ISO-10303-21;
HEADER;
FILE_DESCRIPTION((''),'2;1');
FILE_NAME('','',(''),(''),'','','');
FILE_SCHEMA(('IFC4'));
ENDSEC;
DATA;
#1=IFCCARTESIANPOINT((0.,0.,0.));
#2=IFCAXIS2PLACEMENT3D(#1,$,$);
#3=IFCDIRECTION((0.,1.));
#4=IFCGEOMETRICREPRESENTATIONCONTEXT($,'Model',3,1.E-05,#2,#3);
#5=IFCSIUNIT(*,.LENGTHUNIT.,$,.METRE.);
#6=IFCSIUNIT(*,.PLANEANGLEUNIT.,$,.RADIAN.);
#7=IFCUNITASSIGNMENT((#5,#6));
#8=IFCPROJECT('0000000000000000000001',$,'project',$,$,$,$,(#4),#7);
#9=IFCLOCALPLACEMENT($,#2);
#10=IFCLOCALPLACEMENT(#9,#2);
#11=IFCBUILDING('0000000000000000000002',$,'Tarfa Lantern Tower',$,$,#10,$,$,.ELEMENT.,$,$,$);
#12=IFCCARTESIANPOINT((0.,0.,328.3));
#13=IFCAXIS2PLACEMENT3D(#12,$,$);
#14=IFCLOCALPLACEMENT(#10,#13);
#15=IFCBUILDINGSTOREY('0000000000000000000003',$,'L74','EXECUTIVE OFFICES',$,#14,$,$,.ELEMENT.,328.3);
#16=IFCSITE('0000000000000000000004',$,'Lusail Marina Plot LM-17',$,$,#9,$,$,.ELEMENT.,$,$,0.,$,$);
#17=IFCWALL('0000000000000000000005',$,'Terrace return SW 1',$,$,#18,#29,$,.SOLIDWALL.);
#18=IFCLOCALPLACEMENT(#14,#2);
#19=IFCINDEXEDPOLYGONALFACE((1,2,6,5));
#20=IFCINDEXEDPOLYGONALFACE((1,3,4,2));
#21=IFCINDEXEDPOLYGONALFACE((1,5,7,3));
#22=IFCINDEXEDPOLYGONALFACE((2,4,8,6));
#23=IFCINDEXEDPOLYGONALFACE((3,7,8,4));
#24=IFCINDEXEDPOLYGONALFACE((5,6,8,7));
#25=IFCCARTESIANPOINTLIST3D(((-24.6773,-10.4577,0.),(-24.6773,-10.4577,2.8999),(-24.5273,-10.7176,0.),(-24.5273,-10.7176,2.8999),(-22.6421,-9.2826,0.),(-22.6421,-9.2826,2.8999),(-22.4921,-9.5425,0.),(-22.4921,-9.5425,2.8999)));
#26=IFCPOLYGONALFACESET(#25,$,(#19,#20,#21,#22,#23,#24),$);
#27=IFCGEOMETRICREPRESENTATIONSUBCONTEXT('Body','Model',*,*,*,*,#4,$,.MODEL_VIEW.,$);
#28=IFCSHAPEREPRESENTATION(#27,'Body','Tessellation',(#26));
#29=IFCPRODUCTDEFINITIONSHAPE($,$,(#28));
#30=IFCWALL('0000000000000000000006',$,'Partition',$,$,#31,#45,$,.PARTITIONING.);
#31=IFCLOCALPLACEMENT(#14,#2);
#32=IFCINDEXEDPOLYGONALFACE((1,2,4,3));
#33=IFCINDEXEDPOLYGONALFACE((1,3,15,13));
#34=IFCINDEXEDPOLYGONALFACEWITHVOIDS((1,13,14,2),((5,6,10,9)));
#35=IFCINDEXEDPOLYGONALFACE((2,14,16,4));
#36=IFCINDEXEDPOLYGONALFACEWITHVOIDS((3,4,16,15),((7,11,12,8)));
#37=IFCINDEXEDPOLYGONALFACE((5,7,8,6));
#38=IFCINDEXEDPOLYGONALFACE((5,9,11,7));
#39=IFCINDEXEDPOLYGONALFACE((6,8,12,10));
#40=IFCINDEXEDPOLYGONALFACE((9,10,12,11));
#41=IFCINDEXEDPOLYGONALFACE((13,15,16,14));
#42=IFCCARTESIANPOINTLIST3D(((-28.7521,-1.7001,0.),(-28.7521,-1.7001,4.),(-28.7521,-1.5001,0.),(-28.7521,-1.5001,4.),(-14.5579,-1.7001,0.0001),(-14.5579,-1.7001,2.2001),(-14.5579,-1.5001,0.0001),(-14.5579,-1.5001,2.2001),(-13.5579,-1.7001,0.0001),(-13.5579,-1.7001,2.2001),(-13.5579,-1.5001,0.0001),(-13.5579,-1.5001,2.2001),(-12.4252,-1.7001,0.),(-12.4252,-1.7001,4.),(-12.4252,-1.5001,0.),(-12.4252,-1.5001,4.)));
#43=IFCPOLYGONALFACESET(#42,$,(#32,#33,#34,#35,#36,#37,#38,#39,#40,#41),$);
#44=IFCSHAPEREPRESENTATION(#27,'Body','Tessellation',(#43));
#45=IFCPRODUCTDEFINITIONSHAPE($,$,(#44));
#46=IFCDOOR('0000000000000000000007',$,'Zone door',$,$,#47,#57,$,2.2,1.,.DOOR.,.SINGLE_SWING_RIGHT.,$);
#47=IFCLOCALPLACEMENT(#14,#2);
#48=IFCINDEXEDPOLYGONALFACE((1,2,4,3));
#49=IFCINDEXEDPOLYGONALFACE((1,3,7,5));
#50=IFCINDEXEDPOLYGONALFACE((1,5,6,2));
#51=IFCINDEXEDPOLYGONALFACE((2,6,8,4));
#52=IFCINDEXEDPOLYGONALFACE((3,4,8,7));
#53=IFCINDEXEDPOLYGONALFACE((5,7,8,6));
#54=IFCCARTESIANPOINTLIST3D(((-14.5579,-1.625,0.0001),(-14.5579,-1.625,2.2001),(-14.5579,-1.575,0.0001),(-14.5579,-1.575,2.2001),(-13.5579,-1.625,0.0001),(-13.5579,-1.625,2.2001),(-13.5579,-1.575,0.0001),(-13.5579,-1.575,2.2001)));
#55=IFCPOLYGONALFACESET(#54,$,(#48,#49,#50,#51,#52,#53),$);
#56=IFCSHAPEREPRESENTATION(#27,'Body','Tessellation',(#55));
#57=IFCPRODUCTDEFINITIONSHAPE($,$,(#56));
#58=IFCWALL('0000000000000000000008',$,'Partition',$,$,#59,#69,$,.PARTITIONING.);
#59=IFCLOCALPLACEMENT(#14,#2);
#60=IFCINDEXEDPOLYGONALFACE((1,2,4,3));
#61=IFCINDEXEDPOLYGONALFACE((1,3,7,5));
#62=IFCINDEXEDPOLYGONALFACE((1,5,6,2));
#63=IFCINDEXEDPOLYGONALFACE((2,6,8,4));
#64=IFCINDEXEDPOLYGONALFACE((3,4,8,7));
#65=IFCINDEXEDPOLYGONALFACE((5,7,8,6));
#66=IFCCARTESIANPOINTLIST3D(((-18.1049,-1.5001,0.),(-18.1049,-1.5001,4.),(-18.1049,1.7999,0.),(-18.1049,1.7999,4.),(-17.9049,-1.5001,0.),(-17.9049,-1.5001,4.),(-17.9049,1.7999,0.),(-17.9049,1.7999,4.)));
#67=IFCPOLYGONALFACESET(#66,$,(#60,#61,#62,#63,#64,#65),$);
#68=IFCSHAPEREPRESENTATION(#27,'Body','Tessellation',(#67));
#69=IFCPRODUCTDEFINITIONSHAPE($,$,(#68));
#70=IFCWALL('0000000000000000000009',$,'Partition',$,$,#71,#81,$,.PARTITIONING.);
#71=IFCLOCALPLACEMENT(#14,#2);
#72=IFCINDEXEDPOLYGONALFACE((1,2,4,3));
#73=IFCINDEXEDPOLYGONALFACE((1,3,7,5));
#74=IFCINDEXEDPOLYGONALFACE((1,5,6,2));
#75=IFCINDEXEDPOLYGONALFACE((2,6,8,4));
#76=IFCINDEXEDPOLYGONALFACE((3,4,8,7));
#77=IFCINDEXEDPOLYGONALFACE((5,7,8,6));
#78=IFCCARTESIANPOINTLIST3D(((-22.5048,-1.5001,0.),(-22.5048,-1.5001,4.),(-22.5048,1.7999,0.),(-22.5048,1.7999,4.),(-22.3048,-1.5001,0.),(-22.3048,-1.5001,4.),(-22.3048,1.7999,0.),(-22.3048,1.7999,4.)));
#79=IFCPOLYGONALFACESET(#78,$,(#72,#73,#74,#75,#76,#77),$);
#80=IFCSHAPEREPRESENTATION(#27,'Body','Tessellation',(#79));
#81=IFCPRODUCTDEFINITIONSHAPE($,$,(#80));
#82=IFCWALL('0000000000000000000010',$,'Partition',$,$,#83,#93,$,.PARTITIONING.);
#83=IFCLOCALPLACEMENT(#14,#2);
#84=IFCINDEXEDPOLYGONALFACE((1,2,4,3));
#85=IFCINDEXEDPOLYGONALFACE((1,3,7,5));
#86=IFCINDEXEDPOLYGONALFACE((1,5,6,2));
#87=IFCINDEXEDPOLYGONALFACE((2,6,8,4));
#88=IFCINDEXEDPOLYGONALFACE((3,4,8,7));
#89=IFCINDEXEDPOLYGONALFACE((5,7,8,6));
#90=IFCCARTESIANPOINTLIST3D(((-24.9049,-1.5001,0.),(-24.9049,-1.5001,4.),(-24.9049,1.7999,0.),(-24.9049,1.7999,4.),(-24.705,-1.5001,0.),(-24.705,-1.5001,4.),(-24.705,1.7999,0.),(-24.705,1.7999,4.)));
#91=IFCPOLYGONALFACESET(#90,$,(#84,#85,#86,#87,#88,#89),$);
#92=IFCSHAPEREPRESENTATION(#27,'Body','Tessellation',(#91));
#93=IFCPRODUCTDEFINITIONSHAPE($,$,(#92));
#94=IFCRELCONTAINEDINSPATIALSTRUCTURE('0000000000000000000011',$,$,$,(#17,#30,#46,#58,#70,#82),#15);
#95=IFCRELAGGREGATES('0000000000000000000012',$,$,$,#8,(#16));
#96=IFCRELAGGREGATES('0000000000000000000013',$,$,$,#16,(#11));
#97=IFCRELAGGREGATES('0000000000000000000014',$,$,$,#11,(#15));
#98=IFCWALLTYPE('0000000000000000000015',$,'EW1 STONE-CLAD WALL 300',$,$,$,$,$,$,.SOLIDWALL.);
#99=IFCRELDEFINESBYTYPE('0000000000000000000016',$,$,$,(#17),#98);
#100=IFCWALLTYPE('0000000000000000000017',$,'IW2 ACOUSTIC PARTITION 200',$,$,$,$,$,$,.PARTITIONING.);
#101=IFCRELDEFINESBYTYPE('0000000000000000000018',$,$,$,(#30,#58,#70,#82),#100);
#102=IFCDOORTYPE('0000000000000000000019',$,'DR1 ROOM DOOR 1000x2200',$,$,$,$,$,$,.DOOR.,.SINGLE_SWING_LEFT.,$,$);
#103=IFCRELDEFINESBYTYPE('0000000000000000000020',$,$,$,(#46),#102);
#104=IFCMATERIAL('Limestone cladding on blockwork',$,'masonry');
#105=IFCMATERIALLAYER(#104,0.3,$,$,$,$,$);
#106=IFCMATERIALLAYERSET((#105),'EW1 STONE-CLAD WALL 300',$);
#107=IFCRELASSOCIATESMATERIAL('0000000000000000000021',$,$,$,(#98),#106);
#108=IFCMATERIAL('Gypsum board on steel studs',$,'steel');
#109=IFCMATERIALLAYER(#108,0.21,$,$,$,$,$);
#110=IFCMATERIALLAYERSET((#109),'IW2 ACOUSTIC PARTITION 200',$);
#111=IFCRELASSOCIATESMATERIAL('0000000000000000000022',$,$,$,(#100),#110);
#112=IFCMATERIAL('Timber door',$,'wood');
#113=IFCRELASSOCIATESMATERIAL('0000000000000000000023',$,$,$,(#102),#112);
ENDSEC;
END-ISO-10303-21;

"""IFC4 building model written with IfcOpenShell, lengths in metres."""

from ifc_helpers import new_model, si_unit, direction, frame, frame_2d, origin, place, context, subcontext, project, spatial, rectangle, extrude, material, layer, layer_set, type_object, element, fill, save


model = new_model("IFC4")

# Units and contexts
model_context = context("Model", 3, precision=1e-05, world=origin(), true_north=direction((0.0, 1.0)))
body_context = subcontext(model_context, "Body", "Model", "MODEL_VIEW")
ifc_project = project(units=[si_unit("LENGTHUNIT", "METRE"), si_unit("PLANEANGLEUNIT", "RADIAN")], contexts=[model_context])

# Site, building, storey
site_placement = place(None, origin())
site = spatial("IfcSite", under=ifc_project, at=site_placement, Name="Lusail Marina Plot LM-17", CompositionType="ELEMENT", RefElevation=0.0)
building_placement = place(site_placement, origin())
building = spatial("IfcBuilding", under=site, at=building_placement, Name="Tarfa Lantern Tower", CompositionType="ELEMENT")
storey_placement = place(building_placement, frame((0.0, 0.0, 328.3)))
storey = spatial("IfcBuildingStorey", under=building, at=storey_placement, Name="L74", Description="EXECUTIVE OFFICES", CompositionType="ELEMENT", Elevation=328.3)

# Shared definitions
ifc_material_1 = material(Name="Limestone cladding on blockwork", Category="masonry")
ifc_layer_1 = layer(ifc_material_1, 0.3)
ifc_layer_set_1 = layer_set([ifc_layer_1], Name="EW1 STONE-CLAD WALL 300")
wall_type_1 = type_object("IfcWallType", Name="EW1 STONE-CLAD WALL 300", PredefinedType="SOLIDWALL", material=ifc_layer_set_1)

# Wall
wall_1_placement = place(storey_placement, frame((-24.6023, -10.5876, 0.0), z_axis=(0.0, 0.0, 1.0), x_axis=(0.866016, 0.500016, 0.0)))
element("IfcWall", 1, at=wall_1_placement, inside=storey, type_object=wall_type_1, Name="Terrace return SW 1", PredefinedType="SOLIDWALL", context=body_context, shape_type="SweptSolid", body=[
    extrude(rectangle(XDim=2.3501, YDim=0.3, at=frame_2d((1.175, 0.0))), origin(), (0.0, 0.0, 1.0), 2.8999),
])

# Wall, opening, door
ifc_material_2 = material(Name="Gypsum board on steel studs", Category="steel")
ifc_layer_2 = layer(ifc_material_2, 0.21)
ifc_layer_set_2 = layer_set([ifc_layer_2], Name="IW2 ACOUSTIC PARTITION 200")
wall_type_2 = type_object("IfcWallType", Name="IW2 ACOUSTIC PARTITION 200", PredefinedType="PARTITIONING", material=ifc_layer_set_2)
wall_2_placement = place(storey_placement, frame((-12.425, -1.6001, 0.0), z_axis=(0.0, 0.0, 1.0), x_axis=(-1.0, 0.0, 0.0)))
wall_2 = element("IfcWall", 2, at=wall_2_placement, inside=storey, type_object=wall_type_2, Name="Partition", PredefinedType="PARTITIONING", context=body_context, shape_type="SweptSolid", body=[
    extrude(rectangle(XDim=16.3269, YDim=0.2, at=frame_2d((8.1636, 0.0))), origin(), (0.0, 0.0, 1.0), 4.0),
])
opening_1_placement = place(wall_2_placement, frame((1.1328, 0.0, 0.0)))
opening_1 = element("IfcOpeningElement", 3, at=opening_1_placement, cuts=wall_2, PredefinedType="OPENING", context=body_context, shape_type="SweptSolid", body=[
    extrude(rectangle(XDim=1.0, YDim=2.2, at=frame_2d((0.5, 1.1001))), frame((0.0, 0.1099, 0.0), z_axis=(0.0, -1.0, 0.0), x_axis=(1.0, 0.0, 0.0)), (0.0, 0.0, 1.0), 0.22),
])
ifc_material_3 = material(Name="Timber door", Category="wood")
door_type_1 = type_object("IfcDoorType", Name="DR1 ROOM DOOR 1000x2200", OperationType="SINGLE_SWING_LEFT", PredefinedType="DOOR", material=ifc_material_3)
door_1_placement = place(opening_1_placement, origin())
door_1 = element("IfcDoor", 4, at=door_1_placement, inside=storey, type_object=door_type_1, Name="Zone door", OperationType="SINGLE_SWING_RIGHT", OverallHeight=2.2, OverallWidth=1.0, PredefinedType="DOOR", context=body_context, shape_type="SweptSolid", body=[
    extrude(rectangle(XDim=1.0, YDim=2.2, at=frame_2d((0.5, 1.1001))), frame((0.0, 0.0249, 0.0), z_axis=(0.0, -1.0, 0.0), x_axis=(1.0, 0.0, 0.0)), (0.0, 0.0, 1.0), 0.05),
])
fill(opening_1, door_1)

# Walls
for number, where, z_axis, x_axis, name in (
    (5, (-18.0049, -1.5, 0.0), (0.0, 0.0, 1.0), (0.0, 1.0, 0.0), "Partition"),
    (6, (-22.4048, -1.5, 0.0), (0.0, 0.0, 1.0), (0.0, 1.0, 0.0), "Partition"),
    (7, (-24.8049, -1.5, 0.0), (0.0, 0.0, 1.0), (0.0, 1.0, 0.0), "Partition"),
):
    element("IfcWall", number, at=place(storey_placement, frame(where, z_axis=z_axis, x_axis=x_axis)), inside=storey, type_object=wall_type_2, Name=name, PredefinedType="PARTITIONING", context=body_context, shape_type="SweptSolid", body=[
        extrude(rectangle(XDim=3.3, YDim=0.2, at=frame_2d((1.6499, 0.0))), origin(), (0.0, 0.0, 1.0), 4.0),
    ])

save(model, "model.ifc")
